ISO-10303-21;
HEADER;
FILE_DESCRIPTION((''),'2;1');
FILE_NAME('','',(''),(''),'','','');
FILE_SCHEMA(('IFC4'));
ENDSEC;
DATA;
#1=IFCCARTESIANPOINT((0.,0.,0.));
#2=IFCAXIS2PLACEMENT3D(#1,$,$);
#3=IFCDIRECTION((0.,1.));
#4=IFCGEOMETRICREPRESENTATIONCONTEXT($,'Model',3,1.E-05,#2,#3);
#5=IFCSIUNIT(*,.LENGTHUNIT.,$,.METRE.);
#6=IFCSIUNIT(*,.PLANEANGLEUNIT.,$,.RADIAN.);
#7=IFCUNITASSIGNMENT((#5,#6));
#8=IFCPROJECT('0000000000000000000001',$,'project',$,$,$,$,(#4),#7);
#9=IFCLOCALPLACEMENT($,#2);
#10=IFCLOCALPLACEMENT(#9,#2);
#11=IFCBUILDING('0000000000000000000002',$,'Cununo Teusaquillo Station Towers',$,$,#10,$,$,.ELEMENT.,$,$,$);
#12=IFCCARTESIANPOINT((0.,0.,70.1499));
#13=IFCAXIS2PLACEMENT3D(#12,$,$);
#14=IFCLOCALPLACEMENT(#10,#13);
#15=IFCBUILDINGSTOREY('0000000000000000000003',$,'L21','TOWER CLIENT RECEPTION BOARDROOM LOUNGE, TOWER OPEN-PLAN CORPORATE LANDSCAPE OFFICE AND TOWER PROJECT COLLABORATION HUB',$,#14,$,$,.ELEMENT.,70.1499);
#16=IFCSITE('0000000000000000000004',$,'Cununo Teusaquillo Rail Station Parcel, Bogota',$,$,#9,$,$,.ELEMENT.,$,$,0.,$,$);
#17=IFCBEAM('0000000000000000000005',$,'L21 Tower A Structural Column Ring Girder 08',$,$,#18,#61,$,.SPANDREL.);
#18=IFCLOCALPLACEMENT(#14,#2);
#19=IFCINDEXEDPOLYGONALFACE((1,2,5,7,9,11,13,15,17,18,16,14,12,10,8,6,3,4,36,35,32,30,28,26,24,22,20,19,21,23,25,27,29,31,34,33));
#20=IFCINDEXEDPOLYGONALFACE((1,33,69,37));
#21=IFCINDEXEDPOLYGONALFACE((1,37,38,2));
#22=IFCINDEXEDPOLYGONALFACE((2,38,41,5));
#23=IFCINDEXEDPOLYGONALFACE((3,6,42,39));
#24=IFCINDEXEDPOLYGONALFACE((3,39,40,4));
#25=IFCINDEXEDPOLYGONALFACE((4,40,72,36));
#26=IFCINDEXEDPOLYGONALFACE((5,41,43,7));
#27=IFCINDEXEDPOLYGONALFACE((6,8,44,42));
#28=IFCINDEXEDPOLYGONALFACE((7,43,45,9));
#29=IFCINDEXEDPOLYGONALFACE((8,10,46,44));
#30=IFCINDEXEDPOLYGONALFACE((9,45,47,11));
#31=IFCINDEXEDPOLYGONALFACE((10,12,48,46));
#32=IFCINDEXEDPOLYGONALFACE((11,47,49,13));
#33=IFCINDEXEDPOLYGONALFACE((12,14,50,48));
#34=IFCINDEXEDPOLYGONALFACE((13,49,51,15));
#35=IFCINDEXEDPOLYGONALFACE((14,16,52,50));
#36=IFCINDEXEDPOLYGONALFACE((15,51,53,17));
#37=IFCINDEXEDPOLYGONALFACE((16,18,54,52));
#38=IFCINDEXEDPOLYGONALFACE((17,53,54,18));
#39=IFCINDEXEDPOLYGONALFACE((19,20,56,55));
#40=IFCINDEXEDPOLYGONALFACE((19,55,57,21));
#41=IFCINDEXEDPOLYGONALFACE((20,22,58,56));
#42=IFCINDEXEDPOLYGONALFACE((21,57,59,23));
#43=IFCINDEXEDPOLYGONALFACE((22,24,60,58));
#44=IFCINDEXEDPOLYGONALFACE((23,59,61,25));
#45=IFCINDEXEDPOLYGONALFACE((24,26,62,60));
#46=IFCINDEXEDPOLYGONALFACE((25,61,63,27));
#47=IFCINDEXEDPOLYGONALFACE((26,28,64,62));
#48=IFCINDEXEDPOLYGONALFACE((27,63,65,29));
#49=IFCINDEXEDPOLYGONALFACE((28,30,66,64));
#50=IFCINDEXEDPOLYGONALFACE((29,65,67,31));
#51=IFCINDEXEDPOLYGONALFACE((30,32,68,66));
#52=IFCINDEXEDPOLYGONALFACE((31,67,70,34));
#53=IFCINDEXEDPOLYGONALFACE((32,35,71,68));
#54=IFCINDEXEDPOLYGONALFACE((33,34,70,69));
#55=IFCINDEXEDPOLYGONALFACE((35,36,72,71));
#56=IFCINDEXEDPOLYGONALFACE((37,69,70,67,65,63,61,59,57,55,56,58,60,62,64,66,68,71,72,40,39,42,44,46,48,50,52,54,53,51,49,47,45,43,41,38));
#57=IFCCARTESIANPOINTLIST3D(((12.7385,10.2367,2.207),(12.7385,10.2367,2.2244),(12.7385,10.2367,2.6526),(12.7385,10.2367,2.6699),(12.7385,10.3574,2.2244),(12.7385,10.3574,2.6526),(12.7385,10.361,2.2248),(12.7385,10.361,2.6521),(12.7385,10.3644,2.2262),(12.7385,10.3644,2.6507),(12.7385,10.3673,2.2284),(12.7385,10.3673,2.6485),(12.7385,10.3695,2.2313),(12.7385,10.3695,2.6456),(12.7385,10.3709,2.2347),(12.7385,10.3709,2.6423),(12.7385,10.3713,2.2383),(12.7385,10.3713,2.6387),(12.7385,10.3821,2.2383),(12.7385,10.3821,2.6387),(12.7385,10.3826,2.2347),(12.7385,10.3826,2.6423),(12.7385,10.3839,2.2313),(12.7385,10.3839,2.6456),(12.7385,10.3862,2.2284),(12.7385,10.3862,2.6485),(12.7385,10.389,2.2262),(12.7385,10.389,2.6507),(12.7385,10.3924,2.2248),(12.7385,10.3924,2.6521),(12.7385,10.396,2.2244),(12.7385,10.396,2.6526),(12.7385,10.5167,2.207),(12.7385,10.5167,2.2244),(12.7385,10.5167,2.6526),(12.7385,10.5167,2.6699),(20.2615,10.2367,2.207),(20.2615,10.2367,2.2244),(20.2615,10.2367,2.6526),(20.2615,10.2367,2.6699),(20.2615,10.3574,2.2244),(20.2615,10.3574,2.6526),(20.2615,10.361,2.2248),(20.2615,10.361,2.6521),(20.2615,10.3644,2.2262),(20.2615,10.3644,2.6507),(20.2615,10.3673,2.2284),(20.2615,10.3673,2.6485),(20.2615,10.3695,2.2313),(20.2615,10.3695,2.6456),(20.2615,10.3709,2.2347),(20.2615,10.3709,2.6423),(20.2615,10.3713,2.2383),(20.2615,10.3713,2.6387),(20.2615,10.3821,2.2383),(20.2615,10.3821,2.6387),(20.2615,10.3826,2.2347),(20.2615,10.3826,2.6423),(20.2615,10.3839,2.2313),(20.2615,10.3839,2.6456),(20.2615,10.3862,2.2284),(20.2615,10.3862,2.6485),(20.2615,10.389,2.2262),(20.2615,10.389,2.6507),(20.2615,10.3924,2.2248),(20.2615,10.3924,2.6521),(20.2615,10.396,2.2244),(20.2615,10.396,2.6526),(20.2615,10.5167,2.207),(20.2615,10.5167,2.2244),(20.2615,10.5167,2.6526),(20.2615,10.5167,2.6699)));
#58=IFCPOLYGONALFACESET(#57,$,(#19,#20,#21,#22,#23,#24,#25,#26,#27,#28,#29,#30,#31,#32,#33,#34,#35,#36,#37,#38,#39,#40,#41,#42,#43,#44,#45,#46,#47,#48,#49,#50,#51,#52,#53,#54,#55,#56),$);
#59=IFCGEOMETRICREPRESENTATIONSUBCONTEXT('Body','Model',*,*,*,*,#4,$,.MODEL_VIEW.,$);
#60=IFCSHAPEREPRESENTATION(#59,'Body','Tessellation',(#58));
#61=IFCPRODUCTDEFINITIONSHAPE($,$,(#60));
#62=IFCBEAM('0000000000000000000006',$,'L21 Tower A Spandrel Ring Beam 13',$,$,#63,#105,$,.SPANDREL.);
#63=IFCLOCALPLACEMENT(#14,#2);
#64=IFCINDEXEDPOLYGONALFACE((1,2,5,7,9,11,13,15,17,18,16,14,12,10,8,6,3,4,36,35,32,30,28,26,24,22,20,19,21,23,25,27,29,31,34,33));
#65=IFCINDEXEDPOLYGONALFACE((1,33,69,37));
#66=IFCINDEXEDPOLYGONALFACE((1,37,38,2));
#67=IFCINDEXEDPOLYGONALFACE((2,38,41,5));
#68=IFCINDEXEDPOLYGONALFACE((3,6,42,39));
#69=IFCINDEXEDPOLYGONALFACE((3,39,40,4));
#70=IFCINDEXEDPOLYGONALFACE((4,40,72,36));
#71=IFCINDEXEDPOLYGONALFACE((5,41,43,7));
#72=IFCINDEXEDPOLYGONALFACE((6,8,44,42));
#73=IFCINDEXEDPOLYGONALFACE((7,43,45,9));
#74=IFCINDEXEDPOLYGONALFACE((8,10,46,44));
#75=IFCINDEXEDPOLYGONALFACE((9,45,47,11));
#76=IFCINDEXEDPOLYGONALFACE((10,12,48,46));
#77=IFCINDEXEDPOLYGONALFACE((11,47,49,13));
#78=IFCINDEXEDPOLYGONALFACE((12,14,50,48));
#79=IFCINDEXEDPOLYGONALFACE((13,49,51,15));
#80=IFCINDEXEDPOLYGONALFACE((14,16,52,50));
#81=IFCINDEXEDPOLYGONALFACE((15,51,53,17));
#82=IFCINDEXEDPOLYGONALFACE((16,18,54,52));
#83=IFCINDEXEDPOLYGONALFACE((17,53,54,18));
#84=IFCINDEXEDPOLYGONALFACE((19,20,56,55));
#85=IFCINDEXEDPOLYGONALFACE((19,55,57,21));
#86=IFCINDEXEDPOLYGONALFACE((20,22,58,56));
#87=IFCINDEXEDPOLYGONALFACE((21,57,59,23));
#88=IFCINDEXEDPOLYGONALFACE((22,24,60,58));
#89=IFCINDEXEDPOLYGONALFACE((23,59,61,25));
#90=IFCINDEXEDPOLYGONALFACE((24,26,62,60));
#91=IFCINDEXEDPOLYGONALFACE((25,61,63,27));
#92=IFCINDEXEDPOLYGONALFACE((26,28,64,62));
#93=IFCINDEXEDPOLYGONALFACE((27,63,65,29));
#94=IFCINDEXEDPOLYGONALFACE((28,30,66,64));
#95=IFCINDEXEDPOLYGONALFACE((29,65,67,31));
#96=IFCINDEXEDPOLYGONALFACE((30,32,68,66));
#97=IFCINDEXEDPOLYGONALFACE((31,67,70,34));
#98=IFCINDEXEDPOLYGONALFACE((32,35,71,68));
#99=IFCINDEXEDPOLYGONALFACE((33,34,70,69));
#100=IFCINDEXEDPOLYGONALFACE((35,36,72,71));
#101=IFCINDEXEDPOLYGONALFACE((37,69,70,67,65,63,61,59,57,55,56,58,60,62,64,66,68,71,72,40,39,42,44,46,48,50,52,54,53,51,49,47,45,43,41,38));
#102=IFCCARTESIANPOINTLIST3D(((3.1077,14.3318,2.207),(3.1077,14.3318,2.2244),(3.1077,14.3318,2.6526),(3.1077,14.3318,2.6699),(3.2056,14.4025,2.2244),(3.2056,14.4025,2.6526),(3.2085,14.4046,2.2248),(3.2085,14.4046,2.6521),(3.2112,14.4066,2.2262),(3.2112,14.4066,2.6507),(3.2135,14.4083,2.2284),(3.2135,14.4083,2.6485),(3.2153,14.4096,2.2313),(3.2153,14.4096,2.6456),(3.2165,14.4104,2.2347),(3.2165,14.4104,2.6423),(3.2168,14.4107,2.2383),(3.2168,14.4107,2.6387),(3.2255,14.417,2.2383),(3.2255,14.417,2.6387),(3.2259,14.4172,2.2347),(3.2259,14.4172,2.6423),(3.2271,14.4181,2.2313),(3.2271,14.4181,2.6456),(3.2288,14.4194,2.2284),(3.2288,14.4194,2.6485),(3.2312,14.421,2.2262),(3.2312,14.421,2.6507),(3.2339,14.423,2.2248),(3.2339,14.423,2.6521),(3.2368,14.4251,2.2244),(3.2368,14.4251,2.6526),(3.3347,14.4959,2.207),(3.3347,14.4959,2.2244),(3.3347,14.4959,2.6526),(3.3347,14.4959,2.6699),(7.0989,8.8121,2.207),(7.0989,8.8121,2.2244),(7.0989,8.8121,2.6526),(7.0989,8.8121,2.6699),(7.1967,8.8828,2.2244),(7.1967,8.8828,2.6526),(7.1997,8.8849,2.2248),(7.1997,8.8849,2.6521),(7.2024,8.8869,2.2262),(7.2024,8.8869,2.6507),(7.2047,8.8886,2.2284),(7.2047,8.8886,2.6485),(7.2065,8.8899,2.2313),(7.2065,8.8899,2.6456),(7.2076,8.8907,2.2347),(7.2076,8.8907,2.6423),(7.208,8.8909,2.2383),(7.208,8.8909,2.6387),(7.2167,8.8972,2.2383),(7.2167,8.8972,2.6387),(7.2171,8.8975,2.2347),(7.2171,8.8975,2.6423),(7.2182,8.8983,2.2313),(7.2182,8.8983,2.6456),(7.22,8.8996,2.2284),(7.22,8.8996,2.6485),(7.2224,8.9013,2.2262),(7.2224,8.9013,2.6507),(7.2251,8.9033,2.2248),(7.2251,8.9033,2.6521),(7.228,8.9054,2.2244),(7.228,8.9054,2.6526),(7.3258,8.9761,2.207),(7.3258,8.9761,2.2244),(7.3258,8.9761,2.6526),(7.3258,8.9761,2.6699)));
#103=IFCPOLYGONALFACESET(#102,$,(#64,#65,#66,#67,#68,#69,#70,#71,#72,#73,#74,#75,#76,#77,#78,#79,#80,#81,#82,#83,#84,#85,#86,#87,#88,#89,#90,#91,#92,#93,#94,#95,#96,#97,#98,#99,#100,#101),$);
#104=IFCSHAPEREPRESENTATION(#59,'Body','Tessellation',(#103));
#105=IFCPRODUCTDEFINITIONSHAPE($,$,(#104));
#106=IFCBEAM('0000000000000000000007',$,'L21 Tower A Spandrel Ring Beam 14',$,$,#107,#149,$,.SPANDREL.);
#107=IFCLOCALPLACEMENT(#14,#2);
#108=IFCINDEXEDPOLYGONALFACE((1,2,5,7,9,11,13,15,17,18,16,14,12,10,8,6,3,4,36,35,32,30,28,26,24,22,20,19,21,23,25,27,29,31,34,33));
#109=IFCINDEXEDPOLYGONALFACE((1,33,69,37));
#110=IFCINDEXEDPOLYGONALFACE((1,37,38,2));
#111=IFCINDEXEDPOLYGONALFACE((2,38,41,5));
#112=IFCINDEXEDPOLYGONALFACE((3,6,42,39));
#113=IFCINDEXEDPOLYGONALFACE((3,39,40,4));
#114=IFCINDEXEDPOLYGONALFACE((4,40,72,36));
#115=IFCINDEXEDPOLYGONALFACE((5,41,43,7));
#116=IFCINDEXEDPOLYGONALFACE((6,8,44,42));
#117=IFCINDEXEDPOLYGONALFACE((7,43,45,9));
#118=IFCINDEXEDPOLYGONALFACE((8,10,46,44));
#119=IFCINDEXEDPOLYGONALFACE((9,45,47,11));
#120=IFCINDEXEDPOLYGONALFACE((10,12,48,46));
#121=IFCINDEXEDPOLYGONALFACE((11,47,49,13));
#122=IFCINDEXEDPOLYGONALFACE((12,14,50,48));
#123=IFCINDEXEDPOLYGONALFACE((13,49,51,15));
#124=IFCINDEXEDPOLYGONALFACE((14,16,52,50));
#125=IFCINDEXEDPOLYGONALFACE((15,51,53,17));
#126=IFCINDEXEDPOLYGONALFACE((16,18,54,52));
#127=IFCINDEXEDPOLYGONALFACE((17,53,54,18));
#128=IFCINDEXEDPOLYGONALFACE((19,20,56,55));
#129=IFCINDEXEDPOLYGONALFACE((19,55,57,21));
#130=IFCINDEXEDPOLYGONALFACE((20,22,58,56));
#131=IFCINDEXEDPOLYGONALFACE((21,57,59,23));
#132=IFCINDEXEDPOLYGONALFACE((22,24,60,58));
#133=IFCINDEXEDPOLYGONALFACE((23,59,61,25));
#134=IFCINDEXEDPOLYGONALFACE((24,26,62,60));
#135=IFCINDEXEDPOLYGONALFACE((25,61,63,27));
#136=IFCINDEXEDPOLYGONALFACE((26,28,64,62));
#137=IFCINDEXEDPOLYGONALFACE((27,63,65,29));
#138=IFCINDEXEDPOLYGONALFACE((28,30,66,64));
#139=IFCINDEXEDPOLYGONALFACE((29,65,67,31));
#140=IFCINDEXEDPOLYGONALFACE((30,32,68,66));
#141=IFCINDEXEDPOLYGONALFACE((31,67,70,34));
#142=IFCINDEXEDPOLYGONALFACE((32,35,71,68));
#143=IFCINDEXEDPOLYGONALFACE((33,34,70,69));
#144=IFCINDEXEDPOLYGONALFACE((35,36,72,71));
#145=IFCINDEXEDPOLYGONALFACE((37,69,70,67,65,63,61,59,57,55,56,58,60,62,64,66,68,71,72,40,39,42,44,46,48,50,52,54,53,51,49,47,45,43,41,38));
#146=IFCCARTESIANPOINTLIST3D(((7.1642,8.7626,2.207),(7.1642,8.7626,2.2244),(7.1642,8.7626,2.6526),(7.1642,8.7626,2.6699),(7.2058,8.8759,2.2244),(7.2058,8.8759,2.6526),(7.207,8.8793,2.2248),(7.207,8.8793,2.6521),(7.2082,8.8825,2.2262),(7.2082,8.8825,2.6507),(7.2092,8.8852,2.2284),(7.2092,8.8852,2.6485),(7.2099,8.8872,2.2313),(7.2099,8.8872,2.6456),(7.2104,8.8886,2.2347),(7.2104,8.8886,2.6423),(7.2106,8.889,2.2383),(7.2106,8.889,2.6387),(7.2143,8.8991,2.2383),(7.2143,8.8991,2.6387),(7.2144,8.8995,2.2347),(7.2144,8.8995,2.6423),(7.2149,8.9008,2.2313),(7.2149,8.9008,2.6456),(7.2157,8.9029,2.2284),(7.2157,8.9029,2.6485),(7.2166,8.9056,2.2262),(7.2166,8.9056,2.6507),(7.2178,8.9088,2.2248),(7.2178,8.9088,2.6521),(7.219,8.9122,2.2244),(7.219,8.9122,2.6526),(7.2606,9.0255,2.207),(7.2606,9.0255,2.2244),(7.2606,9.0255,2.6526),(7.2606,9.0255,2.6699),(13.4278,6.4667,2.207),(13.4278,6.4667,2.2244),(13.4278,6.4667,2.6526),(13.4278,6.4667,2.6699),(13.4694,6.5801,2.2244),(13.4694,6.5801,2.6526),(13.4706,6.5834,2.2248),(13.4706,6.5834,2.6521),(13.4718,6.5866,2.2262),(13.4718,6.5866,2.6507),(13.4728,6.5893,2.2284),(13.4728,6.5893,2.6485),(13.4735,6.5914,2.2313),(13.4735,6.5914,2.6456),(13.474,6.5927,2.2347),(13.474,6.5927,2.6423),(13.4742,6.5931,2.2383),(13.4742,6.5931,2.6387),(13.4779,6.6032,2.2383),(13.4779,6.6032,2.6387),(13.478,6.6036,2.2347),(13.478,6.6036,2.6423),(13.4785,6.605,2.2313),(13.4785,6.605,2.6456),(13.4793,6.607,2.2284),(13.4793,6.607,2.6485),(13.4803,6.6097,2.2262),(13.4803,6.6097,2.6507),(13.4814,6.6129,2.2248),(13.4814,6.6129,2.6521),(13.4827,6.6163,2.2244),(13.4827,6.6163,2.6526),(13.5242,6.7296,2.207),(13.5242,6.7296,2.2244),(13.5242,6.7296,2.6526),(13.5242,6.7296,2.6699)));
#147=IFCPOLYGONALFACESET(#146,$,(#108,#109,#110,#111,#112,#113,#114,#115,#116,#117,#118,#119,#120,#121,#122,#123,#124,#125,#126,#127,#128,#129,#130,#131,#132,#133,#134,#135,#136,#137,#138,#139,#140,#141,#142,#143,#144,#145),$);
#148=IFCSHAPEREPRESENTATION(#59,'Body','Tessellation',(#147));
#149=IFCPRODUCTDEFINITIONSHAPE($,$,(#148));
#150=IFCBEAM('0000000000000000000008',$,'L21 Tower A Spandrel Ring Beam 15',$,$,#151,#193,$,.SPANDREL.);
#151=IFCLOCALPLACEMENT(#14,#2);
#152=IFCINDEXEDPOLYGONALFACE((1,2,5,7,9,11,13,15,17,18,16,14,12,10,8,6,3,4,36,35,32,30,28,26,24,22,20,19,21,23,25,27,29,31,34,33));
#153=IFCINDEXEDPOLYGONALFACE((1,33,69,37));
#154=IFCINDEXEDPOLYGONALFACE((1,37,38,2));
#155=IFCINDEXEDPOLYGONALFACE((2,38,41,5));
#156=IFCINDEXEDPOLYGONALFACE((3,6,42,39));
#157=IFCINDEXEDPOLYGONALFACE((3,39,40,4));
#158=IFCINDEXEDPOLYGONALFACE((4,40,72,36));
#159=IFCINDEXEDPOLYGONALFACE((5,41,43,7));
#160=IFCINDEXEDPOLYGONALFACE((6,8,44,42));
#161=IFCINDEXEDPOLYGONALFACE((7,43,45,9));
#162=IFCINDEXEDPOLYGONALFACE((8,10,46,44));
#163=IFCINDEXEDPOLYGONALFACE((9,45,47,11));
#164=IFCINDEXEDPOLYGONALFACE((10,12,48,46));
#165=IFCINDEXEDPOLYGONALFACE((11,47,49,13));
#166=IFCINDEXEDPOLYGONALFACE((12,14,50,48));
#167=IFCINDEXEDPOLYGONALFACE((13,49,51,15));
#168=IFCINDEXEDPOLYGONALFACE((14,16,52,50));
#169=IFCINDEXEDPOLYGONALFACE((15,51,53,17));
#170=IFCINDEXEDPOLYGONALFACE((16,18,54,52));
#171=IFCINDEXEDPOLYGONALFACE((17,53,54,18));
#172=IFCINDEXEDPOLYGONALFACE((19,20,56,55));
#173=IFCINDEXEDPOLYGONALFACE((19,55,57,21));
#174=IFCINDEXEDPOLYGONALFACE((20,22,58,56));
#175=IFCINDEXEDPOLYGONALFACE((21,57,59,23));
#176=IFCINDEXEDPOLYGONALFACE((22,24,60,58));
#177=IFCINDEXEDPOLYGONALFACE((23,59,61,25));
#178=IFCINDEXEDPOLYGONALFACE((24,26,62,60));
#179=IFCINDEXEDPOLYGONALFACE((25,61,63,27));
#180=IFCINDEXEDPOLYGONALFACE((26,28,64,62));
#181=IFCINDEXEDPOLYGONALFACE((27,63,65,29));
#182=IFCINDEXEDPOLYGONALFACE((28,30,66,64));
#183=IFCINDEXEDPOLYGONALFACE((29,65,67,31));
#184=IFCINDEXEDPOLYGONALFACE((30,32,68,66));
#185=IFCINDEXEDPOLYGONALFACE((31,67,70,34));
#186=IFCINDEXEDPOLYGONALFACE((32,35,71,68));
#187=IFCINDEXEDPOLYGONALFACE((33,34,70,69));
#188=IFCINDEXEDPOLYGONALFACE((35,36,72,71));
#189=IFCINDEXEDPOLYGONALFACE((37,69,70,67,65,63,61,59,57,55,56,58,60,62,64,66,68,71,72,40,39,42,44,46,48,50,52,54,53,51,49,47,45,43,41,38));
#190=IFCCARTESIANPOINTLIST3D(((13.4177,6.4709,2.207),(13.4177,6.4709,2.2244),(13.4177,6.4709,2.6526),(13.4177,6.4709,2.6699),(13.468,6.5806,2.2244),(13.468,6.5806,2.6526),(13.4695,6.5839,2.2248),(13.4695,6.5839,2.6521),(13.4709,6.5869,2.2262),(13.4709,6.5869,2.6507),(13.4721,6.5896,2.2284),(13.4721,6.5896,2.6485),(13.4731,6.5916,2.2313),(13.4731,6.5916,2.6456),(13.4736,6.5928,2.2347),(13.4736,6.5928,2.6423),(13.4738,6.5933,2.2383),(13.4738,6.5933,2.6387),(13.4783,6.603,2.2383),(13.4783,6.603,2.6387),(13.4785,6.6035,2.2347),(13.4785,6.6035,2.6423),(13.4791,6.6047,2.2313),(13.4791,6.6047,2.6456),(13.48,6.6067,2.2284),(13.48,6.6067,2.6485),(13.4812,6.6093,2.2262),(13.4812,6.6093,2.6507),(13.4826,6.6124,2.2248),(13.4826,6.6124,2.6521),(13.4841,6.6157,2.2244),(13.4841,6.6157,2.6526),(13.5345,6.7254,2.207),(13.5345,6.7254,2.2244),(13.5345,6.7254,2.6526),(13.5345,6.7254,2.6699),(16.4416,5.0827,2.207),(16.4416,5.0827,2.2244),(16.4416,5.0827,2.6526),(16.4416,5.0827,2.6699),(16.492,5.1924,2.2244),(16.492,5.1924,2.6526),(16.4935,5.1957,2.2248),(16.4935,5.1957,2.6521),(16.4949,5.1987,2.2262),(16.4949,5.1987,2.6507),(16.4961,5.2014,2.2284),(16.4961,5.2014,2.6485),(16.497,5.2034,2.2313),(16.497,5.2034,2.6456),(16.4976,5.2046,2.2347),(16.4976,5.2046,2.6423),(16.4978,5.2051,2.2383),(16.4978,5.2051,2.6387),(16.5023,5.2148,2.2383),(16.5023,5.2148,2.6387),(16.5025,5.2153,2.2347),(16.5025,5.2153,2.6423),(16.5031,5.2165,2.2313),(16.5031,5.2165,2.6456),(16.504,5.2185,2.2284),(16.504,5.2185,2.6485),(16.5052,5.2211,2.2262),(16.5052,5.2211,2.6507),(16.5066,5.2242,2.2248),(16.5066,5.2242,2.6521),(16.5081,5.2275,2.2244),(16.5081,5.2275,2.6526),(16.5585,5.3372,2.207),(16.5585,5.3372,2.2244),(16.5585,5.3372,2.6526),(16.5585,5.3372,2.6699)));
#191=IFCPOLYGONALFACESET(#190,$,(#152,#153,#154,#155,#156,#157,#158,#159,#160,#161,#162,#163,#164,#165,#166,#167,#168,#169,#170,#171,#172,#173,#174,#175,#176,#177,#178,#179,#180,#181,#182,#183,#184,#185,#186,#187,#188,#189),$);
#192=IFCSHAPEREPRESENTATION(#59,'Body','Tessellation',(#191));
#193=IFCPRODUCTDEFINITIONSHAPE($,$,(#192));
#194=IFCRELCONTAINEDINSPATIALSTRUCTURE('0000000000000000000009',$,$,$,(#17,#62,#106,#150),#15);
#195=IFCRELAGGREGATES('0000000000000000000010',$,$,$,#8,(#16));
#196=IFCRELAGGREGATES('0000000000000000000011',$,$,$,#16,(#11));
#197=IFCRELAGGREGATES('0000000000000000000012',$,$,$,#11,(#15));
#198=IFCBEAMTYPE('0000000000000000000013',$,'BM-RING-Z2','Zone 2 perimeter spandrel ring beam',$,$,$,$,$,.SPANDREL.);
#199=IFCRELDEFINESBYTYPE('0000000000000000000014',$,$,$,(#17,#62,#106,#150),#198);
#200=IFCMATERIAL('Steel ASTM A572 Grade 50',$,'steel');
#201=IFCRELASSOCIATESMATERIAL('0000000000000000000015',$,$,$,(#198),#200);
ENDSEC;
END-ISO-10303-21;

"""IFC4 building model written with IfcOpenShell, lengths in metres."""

from ifc_helpers import new_model, si_unit, direction, frame, origin, origin_2d, place, context, subcontext, project, spatial, i_section, extrude, material, material_profile, profile_set, type_object, element, save


model = new_model("IFC4")

# Units and contexts
model_context = context("Model", 3, precision=1e-05, world=origin(), true_north=direction((0.0, 1.0)))
body_context = subcontext(model_context, "Body", "Model", "MODEL_VIEW")
ifc_project = project(units=[si_unit("LENGTHUNIT", "METRE"), si_unit("PLANEANGLEUNIT", "RADIAN")], contexts=[model_context])

# Site, building, storey
site_placement = place(None, origin())
site = spatial("IfcSite", under=ifc_project, at=site_placement, Name="Cununo Teusaquillo Rail Station Parcel, Bogota", CompositionType="ELEMENT", RefElevation=0.0)
building_placement = place(site_placement, origin())
building = spatial("IfcBuilding", under=site, at=building_placement, Name="Cununo Teusaquillo Station Towers", CompositionType="ELEMENT")
storey_placement = place(building_placement, frame((0.0, 0.0, 70.1499)))
storey = spatial("IfcBuildingStorey", under=building, at=storey_placement, Name="L21", Description="TOWER CLIENT RECEPTION BOARDROOM LOUNGE, TOWER OPEN-PLAN CORPORATE LANDSCAPE OFFICE AND TOWER PROJECT COLLABORATION HUB", CompositionType="ELEMENT", Elevation=70.1499)

# Beams
ifc_material_1 = material(Name="Steel ASTM A572 Grade 50", Category="steel")
ifc_material_profile_1 = material_profile(ifc_material_1, i_section(OverallWidth=0.28, OverallDepth=0.4629, WebThickness=0.0107, FlangeThickness=0.0173, FilletRadius=0.0139, at=origin_2d()), Name="W18X76")
ifc_profile_set_1 = profile_set([ifc_material_profile_1], Name="Steel ASTM A572 Grade 50")
beam_type = type_object("IfcBeamType", Name="BM-RING-Z2", Description="Zone 2 perimeter spandrel ring beam", PredefinedType="SPANDREL", material=ifc_profile_set_1)
beam_1_placement = place(storey_placement, frame((12.7385, 10.3767, 2.4385), z_axis=(1.0, 0.0, 0.0), x_axis=(0.0, 1.0, 0.0)))
element("IfcBeam", 1, at=beam_1_placement, inside=storey, type_object=beam_type, Name="L21 Tower A Structural Column Ring Girder 08", PredefinedType="SPANDREL", context=body_context, shape_type="SweptSolid", body=[
    extrude(i_section(OverallWidth=0.28, OverallDepth=0.4629, WebThickness=0.0107, FlangeThickness=0.0173, FilletRadius=0.0139, at=origin_2d()), origin(), (0.0, 0.0, 1.0), 7.5229),
])
beam_2_placement = place(storey_placement, frame((3.2212, 14.4138, 2.4385), z_axis=(0.585945, -0.810351, 0.0), x_axis=(0.810351, 0.585945, 0.0)))
element("IfcBeam", 2, at=beam_2_placement, inside=storey, type_object=beam_type, Name="L21 Tower A Spandrel Ring Beam 13", PredefinedType="SPANDREL", context=body_context, shape_type="SweptSolid", body=[
    extrude(i_section(OverallWidth=0.28, OverallDepth=0.4629, WebThickness=0.0107, FlangeThickness=0.0173, FilletRadius=0.0139, at=origin_2d()), origin(), (0.0, 0.0, 1.0), 6.8115),
])
beam_3_placement = place(storey_placement, frame((7.2124, 8.894, 2.4385), z_axis=(0.938914, -0.344151, 0.0), x_axis=(0.344151, 0.938914, 0.0)))
element("IfcBeam", 3, at=beam_3_placement, inside=storey, type_object=beam_type, Name="L21 Tower A Spandrel Ring Beam 14", PredefinedType="SPANDREL", context=body_context, shape_type="SweptSolid", body=[
    extrude(i_section(OverallWidth=0.28, OverallDepth=0.4629, WebThickness=0.0107, FlangeThickness=0.0173, FilletRadius=0.0139, at=origin_2d()), origin(), (0.0, 0.0, 1.0), 6.6711),
])
beam_4_placement = place(storey_placement, frame((13.4761, 6.5981, 2.4385), z_axis=(0.908812, -0.417205, 0.0), x_axis=(0.417205, 0.908812, 0.0)))
element("IfcBeam", 4, at=beam_4_placement, inside=storey, type_object=beam_type, Name="L21 Tower A Spandrel Ring Beam 15", PredefinedType="SPANDREL", context=body_context, shape_type="SweptSolid", body=[
    extrude(i_section(OverallWidth=0.28, OverallDepth=0.4629, WebThickness=0.0107, FlangeThickness=0.0173, FilletRadius=0.0139, at=origin_2d()), origin(), (0.0, 0.0, 1.0), 3.3274),
])

save(model, "model.ifc")
